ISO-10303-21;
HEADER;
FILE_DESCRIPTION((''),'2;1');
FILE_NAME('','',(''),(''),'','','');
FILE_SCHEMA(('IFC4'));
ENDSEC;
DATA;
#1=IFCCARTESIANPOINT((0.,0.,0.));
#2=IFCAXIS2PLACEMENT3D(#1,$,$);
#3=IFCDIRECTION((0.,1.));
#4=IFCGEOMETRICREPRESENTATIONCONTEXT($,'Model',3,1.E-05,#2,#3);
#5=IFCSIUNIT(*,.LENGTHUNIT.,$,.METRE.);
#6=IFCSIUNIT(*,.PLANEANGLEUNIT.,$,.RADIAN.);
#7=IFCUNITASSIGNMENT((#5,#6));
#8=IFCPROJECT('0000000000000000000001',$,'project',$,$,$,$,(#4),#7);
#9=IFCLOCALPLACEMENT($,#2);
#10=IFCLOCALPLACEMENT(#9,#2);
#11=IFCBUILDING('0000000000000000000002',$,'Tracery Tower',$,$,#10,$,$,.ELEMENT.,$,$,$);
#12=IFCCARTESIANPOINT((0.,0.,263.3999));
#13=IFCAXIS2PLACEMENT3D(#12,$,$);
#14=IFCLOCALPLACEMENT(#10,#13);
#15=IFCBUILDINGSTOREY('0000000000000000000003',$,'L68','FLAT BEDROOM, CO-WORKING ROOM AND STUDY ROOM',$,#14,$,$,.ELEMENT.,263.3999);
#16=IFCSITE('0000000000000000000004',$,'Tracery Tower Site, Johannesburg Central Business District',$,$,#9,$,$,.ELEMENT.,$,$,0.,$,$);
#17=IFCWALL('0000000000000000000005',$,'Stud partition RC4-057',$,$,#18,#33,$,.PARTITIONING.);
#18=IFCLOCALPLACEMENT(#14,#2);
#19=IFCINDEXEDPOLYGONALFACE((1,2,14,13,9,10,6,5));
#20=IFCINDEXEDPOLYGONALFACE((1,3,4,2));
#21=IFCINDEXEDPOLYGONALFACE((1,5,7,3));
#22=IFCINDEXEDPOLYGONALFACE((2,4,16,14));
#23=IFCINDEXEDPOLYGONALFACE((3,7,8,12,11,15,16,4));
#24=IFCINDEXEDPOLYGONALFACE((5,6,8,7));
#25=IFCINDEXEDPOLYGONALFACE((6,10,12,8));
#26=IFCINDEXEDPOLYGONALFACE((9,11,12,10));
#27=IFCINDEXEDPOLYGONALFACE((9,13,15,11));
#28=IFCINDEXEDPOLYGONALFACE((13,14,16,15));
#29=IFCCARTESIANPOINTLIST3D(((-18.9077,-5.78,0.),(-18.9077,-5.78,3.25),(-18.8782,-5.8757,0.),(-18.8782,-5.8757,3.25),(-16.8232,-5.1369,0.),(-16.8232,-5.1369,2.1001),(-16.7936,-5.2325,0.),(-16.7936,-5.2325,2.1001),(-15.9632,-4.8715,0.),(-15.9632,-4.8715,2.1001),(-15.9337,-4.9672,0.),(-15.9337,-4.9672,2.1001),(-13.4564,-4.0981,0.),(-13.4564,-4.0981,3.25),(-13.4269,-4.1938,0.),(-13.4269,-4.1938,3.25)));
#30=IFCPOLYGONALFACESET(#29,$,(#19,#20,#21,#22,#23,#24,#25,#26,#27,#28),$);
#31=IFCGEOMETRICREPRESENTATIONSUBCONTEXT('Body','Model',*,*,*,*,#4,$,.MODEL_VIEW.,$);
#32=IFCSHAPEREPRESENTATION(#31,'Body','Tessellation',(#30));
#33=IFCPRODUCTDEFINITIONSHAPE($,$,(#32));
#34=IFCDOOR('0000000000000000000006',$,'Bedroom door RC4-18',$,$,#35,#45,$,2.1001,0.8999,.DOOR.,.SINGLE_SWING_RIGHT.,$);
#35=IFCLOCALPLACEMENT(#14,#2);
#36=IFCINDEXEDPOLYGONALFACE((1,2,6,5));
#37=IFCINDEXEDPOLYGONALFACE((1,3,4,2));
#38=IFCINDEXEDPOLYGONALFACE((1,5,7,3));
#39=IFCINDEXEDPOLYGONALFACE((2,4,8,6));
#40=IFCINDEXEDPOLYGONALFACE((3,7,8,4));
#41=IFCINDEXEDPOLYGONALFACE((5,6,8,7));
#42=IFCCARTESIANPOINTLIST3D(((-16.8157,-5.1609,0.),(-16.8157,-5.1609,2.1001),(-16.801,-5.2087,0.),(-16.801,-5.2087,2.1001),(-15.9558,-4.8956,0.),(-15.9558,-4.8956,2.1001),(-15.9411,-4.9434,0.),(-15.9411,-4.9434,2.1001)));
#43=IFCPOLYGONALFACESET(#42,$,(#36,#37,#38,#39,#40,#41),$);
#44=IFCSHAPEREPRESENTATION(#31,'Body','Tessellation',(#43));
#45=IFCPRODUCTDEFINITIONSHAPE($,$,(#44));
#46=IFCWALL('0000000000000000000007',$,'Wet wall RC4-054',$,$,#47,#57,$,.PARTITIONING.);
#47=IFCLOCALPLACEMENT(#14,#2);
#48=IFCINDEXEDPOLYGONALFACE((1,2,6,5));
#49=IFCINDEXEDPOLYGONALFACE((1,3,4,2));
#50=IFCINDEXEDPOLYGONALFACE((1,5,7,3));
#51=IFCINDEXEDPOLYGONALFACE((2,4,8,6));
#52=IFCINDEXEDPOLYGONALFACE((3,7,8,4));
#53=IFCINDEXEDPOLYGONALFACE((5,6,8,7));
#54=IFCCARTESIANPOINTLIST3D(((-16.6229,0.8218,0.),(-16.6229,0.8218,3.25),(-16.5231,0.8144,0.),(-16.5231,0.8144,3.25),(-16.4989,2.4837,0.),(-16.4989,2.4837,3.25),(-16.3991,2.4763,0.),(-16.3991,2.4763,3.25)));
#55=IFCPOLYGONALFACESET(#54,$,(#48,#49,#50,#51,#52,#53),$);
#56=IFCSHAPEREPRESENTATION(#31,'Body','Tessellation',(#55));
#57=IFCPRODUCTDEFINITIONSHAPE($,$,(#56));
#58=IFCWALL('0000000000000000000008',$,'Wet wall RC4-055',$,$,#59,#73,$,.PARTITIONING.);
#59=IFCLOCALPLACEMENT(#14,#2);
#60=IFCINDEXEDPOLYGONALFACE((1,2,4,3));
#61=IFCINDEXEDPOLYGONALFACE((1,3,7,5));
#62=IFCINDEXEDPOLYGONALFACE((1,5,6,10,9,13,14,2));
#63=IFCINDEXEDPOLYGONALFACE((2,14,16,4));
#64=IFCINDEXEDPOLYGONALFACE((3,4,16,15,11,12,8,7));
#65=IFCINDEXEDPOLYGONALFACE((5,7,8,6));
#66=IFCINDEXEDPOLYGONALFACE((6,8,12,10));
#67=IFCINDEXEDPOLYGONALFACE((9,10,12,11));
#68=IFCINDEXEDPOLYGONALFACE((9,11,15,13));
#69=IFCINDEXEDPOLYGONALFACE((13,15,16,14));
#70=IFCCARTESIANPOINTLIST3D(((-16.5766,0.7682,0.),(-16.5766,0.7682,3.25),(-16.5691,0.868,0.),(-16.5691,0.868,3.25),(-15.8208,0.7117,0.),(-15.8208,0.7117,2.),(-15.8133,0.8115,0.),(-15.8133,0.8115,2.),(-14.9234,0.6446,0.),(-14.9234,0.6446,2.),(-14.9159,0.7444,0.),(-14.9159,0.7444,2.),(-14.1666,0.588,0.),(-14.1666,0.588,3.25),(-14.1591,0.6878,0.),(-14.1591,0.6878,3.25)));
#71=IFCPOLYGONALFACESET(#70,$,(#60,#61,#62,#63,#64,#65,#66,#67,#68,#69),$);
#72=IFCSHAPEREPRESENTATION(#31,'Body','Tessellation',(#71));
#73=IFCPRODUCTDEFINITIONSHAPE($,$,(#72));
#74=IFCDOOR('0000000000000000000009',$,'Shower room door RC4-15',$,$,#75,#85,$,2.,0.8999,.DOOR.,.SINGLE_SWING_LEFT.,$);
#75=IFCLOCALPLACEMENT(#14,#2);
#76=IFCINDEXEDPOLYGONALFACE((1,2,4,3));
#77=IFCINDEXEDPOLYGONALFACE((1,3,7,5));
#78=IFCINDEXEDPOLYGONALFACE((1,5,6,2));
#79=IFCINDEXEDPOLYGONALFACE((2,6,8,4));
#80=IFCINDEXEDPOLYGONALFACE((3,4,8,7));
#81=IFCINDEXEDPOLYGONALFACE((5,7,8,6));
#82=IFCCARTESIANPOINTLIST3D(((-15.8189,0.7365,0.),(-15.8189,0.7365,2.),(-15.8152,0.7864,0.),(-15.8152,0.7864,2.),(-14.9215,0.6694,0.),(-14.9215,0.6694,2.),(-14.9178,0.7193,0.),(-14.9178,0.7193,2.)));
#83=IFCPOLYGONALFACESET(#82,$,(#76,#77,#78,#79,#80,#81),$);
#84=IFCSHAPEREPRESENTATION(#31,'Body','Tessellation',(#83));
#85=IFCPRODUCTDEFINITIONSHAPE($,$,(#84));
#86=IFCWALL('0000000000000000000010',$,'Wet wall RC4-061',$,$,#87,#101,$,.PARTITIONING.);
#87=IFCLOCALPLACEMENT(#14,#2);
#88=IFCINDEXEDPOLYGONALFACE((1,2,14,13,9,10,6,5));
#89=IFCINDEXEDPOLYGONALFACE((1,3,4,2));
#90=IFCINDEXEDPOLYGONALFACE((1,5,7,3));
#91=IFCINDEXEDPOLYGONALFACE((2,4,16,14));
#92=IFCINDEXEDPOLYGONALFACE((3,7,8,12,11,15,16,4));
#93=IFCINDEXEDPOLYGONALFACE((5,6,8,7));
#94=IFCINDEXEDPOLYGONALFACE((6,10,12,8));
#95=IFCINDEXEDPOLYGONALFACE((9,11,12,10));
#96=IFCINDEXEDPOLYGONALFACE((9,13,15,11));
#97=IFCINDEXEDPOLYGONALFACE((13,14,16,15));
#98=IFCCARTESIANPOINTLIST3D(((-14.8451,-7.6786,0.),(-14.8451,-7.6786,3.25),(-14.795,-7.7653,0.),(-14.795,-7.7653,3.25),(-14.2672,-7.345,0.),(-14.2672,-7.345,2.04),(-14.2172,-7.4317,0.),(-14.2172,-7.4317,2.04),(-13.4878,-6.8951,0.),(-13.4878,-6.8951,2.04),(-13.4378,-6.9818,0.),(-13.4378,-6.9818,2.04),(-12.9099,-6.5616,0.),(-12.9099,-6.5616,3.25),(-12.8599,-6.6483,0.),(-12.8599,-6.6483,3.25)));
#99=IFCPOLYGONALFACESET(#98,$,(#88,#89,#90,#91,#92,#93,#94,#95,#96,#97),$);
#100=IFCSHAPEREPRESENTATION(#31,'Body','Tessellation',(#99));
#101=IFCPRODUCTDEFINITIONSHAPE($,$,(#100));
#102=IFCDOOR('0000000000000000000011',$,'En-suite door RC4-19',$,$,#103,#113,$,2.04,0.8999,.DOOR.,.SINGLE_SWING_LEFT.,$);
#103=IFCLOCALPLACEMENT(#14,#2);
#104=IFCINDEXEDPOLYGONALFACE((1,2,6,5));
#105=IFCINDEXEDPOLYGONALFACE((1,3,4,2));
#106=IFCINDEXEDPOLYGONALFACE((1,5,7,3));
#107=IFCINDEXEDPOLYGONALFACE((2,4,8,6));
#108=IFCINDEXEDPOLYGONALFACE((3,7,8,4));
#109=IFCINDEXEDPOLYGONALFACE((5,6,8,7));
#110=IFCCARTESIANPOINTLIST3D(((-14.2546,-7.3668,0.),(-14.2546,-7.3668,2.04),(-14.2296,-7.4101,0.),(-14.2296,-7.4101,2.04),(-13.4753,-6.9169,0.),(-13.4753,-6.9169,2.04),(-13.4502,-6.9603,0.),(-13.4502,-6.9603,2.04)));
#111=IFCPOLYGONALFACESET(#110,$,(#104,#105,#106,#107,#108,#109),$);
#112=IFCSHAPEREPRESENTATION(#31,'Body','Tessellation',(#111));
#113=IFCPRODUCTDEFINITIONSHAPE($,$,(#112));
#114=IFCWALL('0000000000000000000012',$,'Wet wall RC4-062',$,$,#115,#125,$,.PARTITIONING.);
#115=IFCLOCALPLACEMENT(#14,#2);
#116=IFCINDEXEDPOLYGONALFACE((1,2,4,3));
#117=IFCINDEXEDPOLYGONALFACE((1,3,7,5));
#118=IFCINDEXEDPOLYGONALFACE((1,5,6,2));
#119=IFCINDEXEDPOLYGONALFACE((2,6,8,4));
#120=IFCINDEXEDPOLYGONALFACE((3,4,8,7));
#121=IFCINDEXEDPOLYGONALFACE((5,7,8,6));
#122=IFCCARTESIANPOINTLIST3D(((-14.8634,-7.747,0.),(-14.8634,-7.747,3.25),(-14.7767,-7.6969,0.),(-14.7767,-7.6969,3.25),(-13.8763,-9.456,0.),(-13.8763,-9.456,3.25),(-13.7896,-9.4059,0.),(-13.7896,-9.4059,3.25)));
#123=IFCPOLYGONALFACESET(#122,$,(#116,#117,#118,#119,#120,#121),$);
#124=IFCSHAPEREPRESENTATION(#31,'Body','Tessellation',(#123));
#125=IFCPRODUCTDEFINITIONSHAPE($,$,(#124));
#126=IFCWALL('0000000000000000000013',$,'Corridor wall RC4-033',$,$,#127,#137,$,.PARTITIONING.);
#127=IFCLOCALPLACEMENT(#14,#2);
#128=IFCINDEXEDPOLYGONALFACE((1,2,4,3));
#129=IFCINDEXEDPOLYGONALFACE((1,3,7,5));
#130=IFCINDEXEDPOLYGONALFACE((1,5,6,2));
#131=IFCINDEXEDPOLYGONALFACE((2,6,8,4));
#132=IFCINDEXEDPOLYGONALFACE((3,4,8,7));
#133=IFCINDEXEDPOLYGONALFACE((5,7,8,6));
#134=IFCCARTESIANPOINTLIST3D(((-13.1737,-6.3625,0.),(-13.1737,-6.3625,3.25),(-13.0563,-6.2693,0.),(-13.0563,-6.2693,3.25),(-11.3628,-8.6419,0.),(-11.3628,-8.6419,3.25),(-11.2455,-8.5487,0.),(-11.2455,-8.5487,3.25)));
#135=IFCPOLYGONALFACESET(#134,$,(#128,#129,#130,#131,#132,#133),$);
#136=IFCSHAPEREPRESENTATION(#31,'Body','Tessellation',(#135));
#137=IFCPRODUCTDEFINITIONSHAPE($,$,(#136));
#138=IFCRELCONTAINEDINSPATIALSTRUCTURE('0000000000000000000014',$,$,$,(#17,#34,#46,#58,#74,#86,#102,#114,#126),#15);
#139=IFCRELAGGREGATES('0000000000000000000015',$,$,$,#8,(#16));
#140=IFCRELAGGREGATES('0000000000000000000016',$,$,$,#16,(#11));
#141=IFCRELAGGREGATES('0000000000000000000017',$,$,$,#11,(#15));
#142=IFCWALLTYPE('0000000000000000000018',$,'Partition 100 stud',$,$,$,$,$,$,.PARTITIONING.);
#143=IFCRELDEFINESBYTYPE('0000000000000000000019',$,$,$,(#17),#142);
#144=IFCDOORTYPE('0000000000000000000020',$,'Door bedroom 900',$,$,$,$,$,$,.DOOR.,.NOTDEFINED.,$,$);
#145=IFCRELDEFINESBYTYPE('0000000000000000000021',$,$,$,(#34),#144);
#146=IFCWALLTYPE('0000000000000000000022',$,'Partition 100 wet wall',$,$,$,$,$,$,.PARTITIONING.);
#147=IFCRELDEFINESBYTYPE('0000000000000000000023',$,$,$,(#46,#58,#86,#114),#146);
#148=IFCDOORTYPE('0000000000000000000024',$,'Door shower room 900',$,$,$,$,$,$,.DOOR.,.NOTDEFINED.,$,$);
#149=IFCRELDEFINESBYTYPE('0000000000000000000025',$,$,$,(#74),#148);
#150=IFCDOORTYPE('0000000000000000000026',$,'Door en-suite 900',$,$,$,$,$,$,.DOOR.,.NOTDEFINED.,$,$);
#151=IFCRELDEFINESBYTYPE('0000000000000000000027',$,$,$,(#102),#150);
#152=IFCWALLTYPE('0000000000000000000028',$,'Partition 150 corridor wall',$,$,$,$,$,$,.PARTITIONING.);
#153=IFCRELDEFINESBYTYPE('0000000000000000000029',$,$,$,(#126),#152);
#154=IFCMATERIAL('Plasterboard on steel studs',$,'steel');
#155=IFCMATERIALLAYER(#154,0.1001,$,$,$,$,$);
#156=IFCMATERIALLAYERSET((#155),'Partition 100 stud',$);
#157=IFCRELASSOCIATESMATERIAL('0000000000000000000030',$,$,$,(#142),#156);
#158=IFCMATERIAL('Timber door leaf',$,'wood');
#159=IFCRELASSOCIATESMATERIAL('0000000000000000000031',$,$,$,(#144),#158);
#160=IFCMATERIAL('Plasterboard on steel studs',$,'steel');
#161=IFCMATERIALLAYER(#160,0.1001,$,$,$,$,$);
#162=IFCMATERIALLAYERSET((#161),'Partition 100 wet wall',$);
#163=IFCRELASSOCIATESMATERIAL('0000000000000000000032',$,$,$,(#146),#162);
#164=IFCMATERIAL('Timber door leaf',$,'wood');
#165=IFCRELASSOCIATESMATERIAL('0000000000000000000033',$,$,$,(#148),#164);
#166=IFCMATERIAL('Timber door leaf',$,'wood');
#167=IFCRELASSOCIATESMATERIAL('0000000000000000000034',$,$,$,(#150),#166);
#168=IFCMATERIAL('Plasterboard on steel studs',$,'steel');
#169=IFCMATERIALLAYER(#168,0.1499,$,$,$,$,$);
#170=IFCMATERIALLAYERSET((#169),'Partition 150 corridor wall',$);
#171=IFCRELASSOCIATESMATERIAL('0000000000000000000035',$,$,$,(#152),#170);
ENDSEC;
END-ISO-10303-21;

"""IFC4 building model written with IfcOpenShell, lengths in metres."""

from ifc_helpers import new_model, si_unit, direction, frame, frame_2d, origin, place, context, subcontext, project, spatial, rectangle, extrude, material, layer, layer_set, type_object, element, fill, save


model = new_model("IFC4")

# Units and contexts
model_context = context("Model", 3, precision=1e-05, world=origin(), true_north=direction((0.0, 1.0)))
body_context = subcontext(model_context, "Body", "Model", "MODEL_VIEW")
ifc_project = project(units=[si_unit("LENGTHUNIT", "METRE"), si_unit("PLANEANGLEUNIT", "RADIAN")], contexts=[model_context])

# Site, building, storey
site_placement = place(None, origin())
site = spatial("IfcSite", under=ifc_project, at=site_placement, Name="Tracery Tower Site, Johannesburg Central Business District", CompositionType="ELEMENT", RefElevation=0.0)
building_placement = place(site_placement, origin())
building = spatial("IfcBuilding", under=site, at=building_placement, Name="Tracery Tower", CompositionType="ELEMENT")
storey_placement = place(building_placement, frame((0.0, 0.0, 263.3999)))
storey = spatial("IfcBuildingStorey", under=building, at=storey_placement, Name="L68", Description="FLAT BEDROOM, CO-WORKING ROOM AND STUDY ROOM", CompositionType="ELEMENT", Elevation=263.3999)

# Wall, opening, door
ifc_material_1 = material(Name="Plasterboard on steel studs", Category="steel")
ifc_layer_1 = layer(ifc_material_1, 0.1001)
ifc_layer_set_1 = layer_set([ifc_layer_1], Name="Partition 100 stud")
wall_type_1 = type_object("IfcWallType", Name="Partition 100 stud", PredefinedType="PARTITIONING", material=ifc_layer_set_1)
wall_1_placement = place(storey_placement, frame((-18.8931, -5.8279, 0.0), z_axis=(0.0, 0.0, 1.0), x_axis=(0.955552, 0.294823, 0.0)))
wall_1 = element("IfcWall", 1, at=wall_1_placement, inside=storey, type_object=wall_type_1, Name="Stud partition RC4-057", PredefinedType="PARTITIONING", context=body_context, shape_type="SweptSolid", body=[
    extrude(rectangle(XDim=5.7048, YDim=0.1001, at=frame_2d((2.8525, 0.0))), origin(), (0.0, 0.0, 1.0), 3.25),
])
opening_1_placement = place(wall_1_placement, frame((2.1816, 0.0, 0.0)))
opening_1 = element("IfcOpeningElement", 2, at=opening_1_placement, cuts=wall_1, PredefinedType="OPENING", context=body_context, shape_type="SweptSolid", body=[
    extrude(rectangle(XDim=0.8999, YDim=2.1001, at=frame_2d((0.45, 1.05))), frame((0.0, 0.05, 0.0), z_axis=(0.0, -1.0, 0.0), x_axis=(1.0, 0.0, 0.0)), (0.0, 0.0, 1.0), 0.1001),
])
ifc_material_2 = material(Name="Timber door leaf", Category="wood")
door_type_1 = type_object("IfcDoorType", Name="Door bedroom 900", OperationType="NOTDEFINED", PredefinedType="DOOR", material=ifc_material_2)
door_1_placement = place(opening_1_placement, origin())
door_1 = element("IfcDoor", 3, at=door_1_placement, inside=storey, type_object=door_type_1, Name="Bedroom door RC4-18", OperationType="SINGLE_SWING_RIGHT", OverallHeight=2.1001, OverallWidth=0.8999, PredefinedType="DOOR", context=body_context, shape_type="SweptSolid", body=[
    extrude(rectangle(XDim=0.8999, YDim=2.1001, at=frame_2d((0.45, 1.05))), frame((0.0, 0.0249, 0.0), z_axis=(0.0, -1.0, 0.0), x_axis=(1.0, 0.0, 0.0)), (0.0, 0.0, 1.0), 0.05),
])
fill(opening_1, door_1)

# Wall
ifc_material_3 = material(Name="Plasterboard on steel studs", Category="steel")
ifc_layer_2 = layer(ifc_material_3, 0.1001)
ifc_layer_set_2 = layer_set([ifc_layer_2], Name="Partition 100 wet wall")
wall_type_2 = type_object("IfcWallType", Name="Partition 100 wet wall", PredefinedType="PARTITIONING", material=ifc_layer_set_2)
wall_2_placement = place(storey_placement, frame((-16.573, 0.8181, 0.0), z_axis=(0.0, 0.0, 1.0), x_axis=(0.074422, 0.997227, 0.0)))
element("IfcWall", 4, at=wall_2_placement, inside=storey, type_object=wall_type_2, Name="Wet wall RC4-054", PredefinedType="PARTITIONING", context=body_context, shape_type="SweptSolid", body=[
    extrude(rectangle(XDim=1.6665, YDim=0.1001, at=frame_2d((0.8333, 0.0))), origin(), (0.0, 0.0, 1.0), 3.25),
])

# Walls, openings, doors
wall_3_placement = place(storey_placement, frame((-16.573, 0.8181, 0.0), z_axis=(0.0, 0.0, 1.0), x_axis=(0.997217, -0.074556, 0.0)))
wall_3 = element("IfcWall", 5, at=wall_3_placement, inside=storey, type_object=wall_type_2, Name="Wet wall RC4-055", PredefinedType="PARTITIONING", context=body_context, shape_type="SweptSolid", body=[
    extrude(rectangle(XDim=2.4167, YDim=0.1001, at=frame_2d((1.2085, 0.0))), origin(), (0.0, 0.0, 1.0), 3.25),
])
opening_2_placement = place(wall_3_placement, frame((0.7581, 0.0, 0.0)))
opening_2 = element("IfcOpeningElement", 6, at=opening_2_placement, cuts=wall_3, PredefinedType="OPENING", context=body_context, shape_type="SweptSolid", body=[
    extrude(rectangle(XDim=0.8999, YDim=2.0, at=frame_2d((0.45, 1.0))), frame((0.0, 0.05, 0.0), z_axis=(0.0, -1.0, 0.0), x_axis=(1.0, 0.0, 0.0)), (0.0, 0.0, 1.0), 0.1001),
])
ifc_material_4 = material(Name="Timber door leaf", Category="wood")
door_type_2 = type_object("IfcDoorType", Name="Door shower room 900", OperationType="NOTDEFINED", PredefinedType="DOOR", material=ifc_material_4)
door_2_placement = place(opening_2_placement, origin())
door_2 = element("IfcDoor", 7, at=door_2_placement, inside=storey, type_object=door_type_2, Name="Shower room door RC4-15", OperationType="SINGLE_SWING_LEFT", OverallHeight=2.0, OverallWidth=0.8999, PredefinedType="DOOR", context=body_context, shape_type="SweptSolid", body=[
    extrude(rectangle(XDim=0.8999, YDim=2.0, at=frame_2d((0.45, 1.0))), frame((0.0, 0.0249, 0.0), z_axis=(0.0, -1.0, 0.0), x_axis=(1.0, 0.0, 0.0)), (0.0, 0.0, 1.0), 0.05),
])
fill(opening_2, door_2)
wall_4_placement = place(storey_placement, frame((-14.8201, -7.7219, 0.0), z_axis=(0.0, 0.0, 1.0), x_axis=(0.866076, 0.499912, 0.0)))
wall_4 = element("IfcWall", 8, at=wall_4_placement, inside=storey, type_object=wall_type_2, Name="Wet wall RC4-061", PredefinedType="PARTITIONING", context=body_context, shape_type="SweptSolid", body=[
    extrude(rectangle(XDim=2.2344, YDim=0.1001, at=frame_2d((1.1172, 0.0))), origin(), (0.0, 0.0, 1.0), 3.25),
])
opening_3_placement = place(wall_4_placement, frame((0.6672, 0.0, 0.0)))
opening_3 = element("IfcOpeningElement", 9, at=opening_3_placement, cuts=wall_4, PredefinedType="OPENING", context=body_context, shape_type="SweptSolid", body=[
    extrude(rectangle(XDim=0.8999, YDim=2.04, at=frame_2d((0.45, 1.02))), frame((0.0, 0.05, 0.0), z_axis=(0.0, -1.0, 0.0), x_axis=(1.0, 0.0, 0.0)), (0.0, 0.0, 1.0), 0.1001),
])
ifc_material_5 = material(Name="Timber door leaf", Category="wood")
door_type_3 = type_object("IfcDoorType", Name="Door en-suite 900", OperationType="NOTDEFINED", PredefinedType="DOOR", material=ifc_material_5)
door_3_placement = place(opening_3_placement, origin())
door_3 = element("IfcDoor", 10, at=door_3_placement, inside=storey, type_object=door_type_3, Name="En-suite door RC4-19", OperationType="SINGLE_SWING_LEFT", OverallHeight=2.04, OverallWidth=0.8999, PredefinedType="DOOR", context=body_context, shape_type="SweptSolid", body=[
    extrude(rectangle(XDim=0.8999, YDim=2.04, at=frame_2d((0.45, 1.02))), frame((0.0, 0.0249, 0.0), z_axis=(0.0, -1.0, 0.0), x_axis=(1.0, 0.0, 0.0)), (0.0, 0.0, 1.0), 0.05),
])
fill(opening_3, door_3)

# Walls
wall_5_placement = place(storey_placement, frame((-14.8201, -7.7219, 0.0), z_axis=(0.0, 0.0, 1.0), x_axis=(0.500144, -0.865942, 0.0)))
element("IfcWall", 11, at=wall_5_placement, inside=storey, type_object=wall_type_2, Name="Wet wall RC4-062", PredefinedType="PARTITIONING", context=body_context, shape_type="SweptSolid", body=[
    extrude(rectangle(XDim=1.9736, YDim=0.1001, at=frame_2d((0.9868, 0.0))), origin(), (0.0, 0.0, 1.0), 3.25),
])
ifc_material_6 = material(Name="Plasterboard on steel studs", Category="steel")
ifc_layer_3 = layer(ifc_material_6, 0.1499)
ifc_layer_set_3 = layer_set([ifc_layer_3], Name="Partition 150 corridor wall")
wall_type_3 = type_object("IfcWallType", Name="Partition 150 corridor wall", PredefinedType="PARTITIONING", material=ifc_layer_set_3)
wall_6_placement = place(storey_placement, frame((-13.115, -6.3159, 0.0), z_axis=(0.0, 0.0, 1.0), x_axis=(0.622042, -0.782983, 0.0)))
element("IfcWall", 12, at=wall_6_placement, inside=storey, type_object=wall_type_3, Name="Corridor wall RC4-033", PredefinedType="PARTITIONING", context=body_context, shape_type="SweptSolid", body=[
    extrude(rectangle(XDim=2.9111, YDim=0.1499, at=frame_2d((1.4556, 0.0))), origin(), (0.0, 0.0, 1.0), 3.25),
])

save(model, "model.ifc")
